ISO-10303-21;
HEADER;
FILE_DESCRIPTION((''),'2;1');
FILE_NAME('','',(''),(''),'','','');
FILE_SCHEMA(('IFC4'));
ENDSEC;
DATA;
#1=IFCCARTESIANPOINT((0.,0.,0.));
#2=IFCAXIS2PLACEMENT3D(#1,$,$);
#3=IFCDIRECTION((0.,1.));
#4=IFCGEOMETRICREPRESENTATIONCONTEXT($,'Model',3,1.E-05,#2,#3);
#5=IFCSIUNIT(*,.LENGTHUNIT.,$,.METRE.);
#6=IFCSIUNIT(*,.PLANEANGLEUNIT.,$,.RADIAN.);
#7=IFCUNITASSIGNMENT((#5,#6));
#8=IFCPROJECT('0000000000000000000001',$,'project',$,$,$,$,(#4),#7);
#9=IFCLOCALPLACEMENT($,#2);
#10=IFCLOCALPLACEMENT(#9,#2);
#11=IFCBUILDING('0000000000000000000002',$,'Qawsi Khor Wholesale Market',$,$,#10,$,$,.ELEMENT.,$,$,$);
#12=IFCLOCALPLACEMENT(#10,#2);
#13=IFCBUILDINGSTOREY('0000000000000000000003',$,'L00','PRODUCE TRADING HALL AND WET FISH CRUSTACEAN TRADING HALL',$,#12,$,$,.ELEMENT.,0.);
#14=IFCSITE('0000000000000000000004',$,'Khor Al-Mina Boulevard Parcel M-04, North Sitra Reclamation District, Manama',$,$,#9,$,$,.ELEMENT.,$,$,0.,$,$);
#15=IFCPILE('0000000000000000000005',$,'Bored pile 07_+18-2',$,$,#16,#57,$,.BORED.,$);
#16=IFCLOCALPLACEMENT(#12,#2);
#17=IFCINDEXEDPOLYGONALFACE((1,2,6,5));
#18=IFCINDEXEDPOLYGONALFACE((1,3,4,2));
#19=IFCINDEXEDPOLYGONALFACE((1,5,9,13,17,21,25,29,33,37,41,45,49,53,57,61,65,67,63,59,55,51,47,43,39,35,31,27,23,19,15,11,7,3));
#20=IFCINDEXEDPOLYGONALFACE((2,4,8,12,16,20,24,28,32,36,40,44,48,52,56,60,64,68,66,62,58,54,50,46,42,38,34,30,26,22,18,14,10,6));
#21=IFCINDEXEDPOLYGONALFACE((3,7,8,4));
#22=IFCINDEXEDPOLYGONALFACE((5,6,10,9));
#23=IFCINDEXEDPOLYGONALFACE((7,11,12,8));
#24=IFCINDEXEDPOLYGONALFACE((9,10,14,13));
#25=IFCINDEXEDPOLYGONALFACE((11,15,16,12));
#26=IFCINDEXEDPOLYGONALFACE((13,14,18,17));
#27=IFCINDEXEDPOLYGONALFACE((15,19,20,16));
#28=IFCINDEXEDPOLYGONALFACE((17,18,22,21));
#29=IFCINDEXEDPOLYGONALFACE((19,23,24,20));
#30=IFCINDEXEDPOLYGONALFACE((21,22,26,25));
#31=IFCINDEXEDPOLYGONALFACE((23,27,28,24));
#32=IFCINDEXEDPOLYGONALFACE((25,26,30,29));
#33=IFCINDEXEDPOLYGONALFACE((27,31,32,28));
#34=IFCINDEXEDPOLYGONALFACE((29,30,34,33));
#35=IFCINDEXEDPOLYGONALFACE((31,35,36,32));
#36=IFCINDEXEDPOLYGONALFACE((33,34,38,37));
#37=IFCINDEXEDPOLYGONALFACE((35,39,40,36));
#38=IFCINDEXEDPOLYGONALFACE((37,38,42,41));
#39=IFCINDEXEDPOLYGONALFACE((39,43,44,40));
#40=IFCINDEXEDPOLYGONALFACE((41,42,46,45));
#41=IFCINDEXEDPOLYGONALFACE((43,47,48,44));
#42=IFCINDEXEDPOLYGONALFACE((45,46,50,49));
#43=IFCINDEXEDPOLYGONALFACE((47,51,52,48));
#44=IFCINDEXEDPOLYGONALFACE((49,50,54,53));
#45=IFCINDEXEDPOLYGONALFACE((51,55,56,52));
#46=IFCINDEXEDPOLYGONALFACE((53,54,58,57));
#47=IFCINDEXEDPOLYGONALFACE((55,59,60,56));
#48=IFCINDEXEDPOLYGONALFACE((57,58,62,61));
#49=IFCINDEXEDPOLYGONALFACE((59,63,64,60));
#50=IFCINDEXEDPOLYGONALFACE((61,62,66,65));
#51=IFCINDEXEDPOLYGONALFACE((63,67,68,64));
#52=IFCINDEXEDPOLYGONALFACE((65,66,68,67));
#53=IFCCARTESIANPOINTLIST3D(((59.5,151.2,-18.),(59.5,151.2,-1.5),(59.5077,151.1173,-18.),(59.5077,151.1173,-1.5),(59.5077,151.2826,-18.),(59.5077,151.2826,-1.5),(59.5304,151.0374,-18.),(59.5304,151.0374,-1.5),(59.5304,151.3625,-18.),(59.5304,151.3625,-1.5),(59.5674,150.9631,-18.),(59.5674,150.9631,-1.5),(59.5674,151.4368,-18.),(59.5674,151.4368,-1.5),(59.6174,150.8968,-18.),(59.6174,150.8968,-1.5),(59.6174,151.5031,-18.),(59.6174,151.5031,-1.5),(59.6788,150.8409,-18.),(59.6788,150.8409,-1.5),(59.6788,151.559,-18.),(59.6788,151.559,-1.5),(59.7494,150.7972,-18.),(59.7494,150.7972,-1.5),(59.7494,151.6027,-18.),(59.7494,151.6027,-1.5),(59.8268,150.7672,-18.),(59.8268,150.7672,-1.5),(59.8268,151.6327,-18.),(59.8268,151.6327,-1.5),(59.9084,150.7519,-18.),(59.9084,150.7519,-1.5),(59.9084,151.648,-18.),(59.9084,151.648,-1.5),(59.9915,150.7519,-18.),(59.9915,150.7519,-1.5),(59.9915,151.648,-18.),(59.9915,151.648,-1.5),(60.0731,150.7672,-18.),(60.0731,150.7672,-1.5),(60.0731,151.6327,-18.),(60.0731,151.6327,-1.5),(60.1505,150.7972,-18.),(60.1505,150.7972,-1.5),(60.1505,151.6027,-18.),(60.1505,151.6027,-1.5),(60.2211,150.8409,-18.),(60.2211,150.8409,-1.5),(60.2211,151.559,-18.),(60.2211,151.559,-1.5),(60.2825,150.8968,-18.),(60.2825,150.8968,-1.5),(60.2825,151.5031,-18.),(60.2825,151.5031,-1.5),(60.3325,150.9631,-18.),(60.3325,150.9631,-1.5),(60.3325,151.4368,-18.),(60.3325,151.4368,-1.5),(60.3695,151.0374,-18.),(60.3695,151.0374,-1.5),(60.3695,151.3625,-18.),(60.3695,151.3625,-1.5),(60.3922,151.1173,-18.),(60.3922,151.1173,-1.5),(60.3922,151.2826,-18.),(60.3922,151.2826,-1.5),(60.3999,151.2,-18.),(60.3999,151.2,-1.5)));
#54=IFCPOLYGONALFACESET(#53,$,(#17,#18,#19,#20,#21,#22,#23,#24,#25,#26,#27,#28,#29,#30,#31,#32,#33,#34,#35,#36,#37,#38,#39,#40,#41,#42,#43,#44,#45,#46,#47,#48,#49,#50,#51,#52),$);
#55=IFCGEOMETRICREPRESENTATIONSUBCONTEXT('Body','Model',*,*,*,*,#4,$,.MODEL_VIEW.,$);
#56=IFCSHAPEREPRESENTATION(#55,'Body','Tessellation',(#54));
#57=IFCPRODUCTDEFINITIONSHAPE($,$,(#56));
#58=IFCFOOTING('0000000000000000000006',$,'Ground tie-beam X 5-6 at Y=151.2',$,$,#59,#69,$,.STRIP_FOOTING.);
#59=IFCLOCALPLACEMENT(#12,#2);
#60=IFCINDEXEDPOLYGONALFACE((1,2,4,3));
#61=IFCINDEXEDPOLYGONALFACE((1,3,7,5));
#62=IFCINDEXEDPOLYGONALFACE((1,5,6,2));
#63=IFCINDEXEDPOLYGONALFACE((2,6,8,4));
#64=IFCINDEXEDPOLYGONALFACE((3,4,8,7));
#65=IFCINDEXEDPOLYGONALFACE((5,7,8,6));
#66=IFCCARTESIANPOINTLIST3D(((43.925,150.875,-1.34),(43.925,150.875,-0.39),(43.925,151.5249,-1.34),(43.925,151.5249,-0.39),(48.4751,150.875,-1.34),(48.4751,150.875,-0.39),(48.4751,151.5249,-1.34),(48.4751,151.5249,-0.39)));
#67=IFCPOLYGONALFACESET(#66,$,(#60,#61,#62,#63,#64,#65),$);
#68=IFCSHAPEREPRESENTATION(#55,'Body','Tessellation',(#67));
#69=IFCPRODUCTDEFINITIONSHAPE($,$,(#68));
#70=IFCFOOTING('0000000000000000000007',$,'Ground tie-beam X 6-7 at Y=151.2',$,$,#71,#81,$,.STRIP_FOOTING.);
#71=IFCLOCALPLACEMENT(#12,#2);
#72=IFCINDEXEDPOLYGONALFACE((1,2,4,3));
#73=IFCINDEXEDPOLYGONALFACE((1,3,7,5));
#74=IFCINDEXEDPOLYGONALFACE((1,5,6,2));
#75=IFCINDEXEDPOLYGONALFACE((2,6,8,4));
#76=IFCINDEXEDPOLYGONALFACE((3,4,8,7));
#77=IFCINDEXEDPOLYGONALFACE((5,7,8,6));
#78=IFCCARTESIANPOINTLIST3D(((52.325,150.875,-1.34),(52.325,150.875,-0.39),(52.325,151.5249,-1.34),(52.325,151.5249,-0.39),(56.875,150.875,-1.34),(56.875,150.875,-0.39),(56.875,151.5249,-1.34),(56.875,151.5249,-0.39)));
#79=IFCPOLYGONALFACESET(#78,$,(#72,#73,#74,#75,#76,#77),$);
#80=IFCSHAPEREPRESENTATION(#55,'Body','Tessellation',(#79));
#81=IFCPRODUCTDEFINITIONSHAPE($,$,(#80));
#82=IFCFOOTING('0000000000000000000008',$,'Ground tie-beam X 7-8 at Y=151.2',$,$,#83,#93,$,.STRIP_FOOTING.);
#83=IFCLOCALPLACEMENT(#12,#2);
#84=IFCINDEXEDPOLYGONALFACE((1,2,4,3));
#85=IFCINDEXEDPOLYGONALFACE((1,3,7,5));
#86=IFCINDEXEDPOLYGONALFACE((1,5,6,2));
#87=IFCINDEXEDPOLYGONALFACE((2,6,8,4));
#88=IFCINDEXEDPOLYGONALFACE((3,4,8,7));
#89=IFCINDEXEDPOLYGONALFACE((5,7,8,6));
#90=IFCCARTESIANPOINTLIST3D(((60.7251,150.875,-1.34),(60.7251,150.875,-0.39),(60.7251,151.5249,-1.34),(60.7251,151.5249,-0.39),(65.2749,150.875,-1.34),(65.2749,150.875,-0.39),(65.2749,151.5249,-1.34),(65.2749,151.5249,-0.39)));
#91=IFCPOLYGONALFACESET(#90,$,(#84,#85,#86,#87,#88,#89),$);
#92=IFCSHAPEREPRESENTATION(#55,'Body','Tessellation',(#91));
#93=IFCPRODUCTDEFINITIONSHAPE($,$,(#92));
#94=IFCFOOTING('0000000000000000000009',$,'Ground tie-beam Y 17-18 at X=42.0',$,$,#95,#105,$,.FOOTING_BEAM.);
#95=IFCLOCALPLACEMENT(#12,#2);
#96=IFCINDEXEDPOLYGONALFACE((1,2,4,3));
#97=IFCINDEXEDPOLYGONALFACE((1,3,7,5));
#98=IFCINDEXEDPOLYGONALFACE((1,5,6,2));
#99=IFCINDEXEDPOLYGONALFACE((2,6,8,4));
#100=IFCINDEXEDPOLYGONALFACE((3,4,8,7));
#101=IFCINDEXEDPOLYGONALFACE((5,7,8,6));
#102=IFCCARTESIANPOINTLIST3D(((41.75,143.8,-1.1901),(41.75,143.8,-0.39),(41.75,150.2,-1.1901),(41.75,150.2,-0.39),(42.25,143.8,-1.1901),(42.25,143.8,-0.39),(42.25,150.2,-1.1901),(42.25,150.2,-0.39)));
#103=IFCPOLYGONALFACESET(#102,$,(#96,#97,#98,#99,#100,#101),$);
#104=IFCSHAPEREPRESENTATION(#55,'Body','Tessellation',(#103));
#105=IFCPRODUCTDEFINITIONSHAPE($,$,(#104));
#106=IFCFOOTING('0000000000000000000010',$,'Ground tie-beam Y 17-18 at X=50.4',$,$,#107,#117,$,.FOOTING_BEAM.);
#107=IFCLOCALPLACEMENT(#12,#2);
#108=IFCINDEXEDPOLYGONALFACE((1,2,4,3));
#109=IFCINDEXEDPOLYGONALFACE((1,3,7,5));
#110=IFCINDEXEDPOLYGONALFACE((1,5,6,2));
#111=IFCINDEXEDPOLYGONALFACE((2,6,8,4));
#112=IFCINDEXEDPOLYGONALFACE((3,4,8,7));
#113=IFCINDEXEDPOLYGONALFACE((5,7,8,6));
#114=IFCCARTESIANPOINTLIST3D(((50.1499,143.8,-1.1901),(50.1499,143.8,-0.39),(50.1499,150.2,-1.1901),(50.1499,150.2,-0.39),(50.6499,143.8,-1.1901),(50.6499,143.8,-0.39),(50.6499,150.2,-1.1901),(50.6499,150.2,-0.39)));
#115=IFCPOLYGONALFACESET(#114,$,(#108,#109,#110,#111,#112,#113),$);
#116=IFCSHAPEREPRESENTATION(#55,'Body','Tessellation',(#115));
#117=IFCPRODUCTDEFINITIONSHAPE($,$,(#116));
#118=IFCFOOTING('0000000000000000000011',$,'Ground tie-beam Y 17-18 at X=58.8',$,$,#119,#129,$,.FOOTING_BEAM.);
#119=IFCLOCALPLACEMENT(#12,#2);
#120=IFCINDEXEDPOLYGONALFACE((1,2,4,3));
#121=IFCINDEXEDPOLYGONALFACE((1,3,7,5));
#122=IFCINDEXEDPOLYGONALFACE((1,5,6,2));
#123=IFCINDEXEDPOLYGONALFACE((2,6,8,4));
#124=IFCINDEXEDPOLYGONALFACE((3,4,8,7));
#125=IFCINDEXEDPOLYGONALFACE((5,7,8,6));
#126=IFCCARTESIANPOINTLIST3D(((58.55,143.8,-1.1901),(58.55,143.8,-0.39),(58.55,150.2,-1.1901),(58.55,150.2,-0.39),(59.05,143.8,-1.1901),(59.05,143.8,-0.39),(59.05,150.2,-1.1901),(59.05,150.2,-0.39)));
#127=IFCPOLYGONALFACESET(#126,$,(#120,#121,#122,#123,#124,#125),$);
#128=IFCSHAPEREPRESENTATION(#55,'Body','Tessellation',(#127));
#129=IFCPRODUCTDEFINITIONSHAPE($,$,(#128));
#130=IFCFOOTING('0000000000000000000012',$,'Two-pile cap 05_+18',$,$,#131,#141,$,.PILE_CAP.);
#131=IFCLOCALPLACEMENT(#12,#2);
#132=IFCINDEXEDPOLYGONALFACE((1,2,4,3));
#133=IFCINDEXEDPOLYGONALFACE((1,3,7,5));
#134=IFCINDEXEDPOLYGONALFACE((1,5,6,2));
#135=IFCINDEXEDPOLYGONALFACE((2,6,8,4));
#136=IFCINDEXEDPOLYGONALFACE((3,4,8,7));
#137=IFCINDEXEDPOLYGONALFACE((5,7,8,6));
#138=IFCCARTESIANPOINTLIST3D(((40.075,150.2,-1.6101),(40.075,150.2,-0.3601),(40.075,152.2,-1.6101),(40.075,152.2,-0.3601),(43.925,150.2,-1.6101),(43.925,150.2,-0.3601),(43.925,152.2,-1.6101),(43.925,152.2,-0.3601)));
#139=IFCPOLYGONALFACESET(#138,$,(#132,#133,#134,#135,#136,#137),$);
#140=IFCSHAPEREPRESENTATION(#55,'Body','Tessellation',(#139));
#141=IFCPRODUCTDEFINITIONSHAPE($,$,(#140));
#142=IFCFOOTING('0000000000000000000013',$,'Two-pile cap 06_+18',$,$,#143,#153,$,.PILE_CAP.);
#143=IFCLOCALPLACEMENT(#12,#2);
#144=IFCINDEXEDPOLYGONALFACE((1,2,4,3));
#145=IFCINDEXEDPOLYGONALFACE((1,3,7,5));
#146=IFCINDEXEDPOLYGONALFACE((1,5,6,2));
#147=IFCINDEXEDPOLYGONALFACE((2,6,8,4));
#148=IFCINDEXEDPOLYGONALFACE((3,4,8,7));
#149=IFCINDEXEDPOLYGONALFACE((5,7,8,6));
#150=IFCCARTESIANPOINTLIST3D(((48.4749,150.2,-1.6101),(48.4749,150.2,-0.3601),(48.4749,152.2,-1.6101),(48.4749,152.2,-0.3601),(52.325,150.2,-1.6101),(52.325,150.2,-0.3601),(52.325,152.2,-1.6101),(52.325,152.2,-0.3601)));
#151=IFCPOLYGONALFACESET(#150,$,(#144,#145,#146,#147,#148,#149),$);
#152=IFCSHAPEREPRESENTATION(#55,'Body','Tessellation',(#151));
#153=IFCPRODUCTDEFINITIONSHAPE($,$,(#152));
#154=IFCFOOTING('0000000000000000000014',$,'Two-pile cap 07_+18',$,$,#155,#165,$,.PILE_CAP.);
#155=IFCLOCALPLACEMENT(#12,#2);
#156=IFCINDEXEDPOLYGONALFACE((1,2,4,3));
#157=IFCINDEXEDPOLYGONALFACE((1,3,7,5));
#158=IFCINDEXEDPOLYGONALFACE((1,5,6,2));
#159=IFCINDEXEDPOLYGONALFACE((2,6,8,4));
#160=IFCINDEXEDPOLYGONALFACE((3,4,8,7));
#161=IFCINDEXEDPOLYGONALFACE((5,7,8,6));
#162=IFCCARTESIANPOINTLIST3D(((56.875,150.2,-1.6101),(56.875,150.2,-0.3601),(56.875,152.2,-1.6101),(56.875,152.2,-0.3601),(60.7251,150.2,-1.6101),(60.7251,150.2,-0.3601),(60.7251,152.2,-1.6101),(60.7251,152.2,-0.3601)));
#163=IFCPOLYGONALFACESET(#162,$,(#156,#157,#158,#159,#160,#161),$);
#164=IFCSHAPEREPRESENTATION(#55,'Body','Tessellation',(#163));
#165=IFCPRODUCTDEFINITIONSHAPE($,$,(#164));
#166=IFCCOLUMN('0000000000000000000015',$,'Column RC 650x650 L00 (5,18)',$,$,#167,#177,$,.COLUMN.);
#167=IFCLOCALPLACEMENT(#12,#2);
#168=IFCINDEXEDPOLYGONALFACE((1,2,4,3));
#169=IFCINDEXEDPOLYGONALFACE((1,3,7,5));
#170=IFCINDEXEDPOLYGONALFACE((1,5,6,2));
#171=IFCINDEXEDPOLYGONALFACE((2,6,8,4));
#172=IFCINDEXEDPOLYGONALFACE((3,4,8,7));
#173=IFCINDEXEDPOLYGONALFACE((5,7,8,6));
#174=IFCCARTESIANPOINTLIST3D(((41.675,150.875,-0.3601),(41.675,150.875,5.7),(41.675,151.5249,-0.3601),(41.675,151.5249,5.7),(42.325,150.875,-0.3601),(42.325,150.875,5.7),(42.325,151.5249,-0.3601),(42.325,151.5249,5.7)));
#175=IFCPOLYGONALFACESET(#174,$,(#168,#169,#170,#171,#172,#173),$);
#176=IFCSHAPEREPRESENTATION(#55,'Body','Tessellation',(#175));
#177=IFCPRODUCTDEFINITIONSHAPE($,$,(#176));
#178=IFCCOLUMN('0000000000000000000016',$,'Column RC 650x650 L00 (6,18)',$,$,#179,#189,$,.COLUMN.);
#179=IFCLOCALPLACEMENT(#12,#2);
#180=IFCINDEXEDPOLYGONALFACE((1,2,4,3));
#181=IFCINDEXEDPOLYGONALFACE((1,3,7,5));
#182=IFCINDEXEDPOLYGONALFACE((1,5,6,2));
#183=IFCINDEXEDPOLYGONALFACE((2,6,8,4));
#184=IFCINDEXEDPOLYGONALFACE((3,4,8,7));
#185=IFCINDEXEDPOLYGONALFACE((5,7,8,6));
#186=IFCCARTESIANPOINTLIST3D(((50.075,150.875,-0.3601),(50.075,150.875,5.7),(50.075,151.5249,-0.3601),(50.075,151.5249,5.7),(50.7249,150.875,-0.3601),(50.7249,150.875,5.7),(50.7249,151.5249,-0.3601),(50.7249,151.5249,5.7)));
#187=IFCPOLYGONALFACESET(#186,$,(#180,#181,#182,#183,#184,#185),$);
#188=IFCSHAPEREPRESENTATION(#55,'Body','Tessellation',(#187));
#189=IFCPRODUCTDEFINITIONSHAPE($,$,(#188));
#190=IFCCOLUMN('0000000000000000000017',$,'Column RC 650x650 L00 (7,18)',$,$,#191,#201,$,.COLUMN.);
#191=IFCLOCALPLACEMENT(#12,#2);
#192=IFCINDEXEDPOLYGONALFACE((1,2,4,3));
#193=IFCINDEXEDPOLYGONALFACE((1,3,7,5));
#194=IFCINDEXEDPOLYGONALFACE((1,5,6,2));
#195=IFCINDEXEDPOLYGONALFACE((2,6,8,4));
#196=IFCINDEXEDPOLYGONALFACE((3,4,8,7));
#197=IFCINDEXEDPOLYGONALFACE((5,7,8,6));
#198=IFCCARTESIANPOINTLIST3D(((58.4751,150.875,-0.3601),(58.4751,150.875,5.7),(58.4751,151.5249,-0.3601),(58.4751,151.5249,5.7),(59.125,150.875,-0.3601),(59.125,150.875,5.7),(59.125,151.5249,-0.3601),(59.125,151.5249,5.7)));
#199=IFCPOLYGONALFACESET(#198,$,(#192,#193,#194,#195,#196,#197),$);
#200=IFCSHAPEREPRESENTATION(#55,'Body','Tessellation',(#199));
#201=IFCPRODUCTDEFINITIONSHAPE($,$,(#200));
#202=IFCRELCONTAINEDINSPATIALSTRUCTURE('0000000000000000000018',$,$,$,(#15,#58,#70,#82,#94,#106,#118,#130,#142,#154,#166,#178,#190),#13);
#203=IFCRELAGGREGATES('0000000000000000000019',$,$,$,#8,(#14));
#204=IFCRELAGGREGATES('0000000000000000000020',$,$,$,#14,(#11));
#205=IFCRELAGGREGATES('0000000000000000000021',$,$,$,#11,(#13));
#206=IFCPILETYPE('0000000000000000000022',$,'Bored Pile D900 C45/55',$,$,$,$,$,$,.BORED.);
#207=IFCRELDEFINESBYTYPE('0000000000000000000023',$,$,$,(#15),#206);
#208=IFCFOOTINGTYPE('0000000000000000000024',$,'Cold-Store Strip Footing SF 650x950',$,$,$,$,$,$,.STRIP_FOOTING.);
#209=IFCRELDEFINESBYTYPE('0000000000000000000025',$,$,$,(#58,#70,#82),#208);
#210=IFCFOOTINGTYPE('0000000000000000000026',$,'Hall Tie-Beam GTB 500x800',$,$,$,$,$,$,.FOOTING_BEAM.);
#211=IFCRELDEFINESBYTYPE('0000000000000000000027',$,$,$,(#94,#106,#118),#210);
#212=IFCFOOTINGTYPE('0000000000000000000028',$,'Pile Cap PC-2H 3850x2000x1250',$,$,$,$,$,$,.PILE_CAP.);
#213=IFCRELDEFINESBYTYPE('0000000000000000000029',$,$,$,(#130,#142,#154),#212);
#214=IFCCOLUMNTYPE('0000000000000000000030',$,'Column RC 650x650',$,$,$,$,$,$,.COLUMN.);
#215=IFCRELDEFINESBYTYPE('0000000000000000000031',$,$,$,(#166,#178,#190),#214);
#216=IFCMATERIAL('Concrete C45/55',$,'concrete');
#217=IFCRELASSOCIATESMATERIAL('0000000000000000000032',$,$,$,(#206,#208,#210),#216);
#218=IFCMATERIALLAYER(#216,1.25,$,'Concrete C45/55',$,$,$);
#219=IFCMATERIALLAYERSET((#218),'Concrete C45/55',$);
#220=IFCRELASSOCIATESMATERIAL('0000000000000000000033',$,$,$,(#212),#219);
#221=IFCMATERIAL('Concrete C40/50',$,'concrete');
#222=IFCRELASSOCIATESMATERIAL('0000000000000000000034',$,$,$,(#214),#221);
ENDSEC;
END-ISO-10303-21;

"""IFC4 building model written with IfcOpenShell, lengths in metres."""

from ifc_helpers import new_model, si_unit, direction, frame, origin, origin_2d, place, context, subcontext, project, spatial, rectangle, circle, extrude, material, layer, layer_set, material_profile, profile_set, type_object, element, save


model = new_model("IFC4")

# Units and contexts
model_context = context("Model", 3, precision=1e-05, world=origin(), true_north=direction((0.0, 1.0)))
body_context = subcontext(model_context, "Body", "Model", "MODEL_VIEW")
ifc_project = project(units=[si_unit("LENGTHUNIT", "METRE"), si_unit("PLANEANGLEUNIT", "RADIAN")], contexts=[model_context])

# Site, building, storey
site_placement = place(None, origin())
site = spatial("IfcSite", under=ifc_project, at=site_placement, Name="Khor Al-Mina Boulevard Parcel M-04, North Sitra Reclamation District, Manama", CompositionType="ELEMENT", RefElevation=0.0)
building_placement = place(site_placement, origin())
building = spatial("IfcBuilding", under=site, at=building_placement, Name="Qawsi Khor Wholesale Market", CompositionType="ELEMENT")
storey_placement = place(building_placement, origin())
storey = spatial("IfcBuildingStorey", under=building, at=storey_placement, Name="L00", Description="PRODUCE TRADING HALL AND WET FISH CRUSTACEAN TRADING HALL", CompositionType="ELEMENT", Elevation=0.0)

# Pile
ifc_material_1 = material(Name="Concrete C45/55", Category="concrete")
ifc_material_profile_1 = material_profile(ifc_material_1, circle(Radius=0.45, at=origin_2d()), Name="PILE D900")
ifc_profile_set_1 = profile_set([ifc_material_profile_1], Name="Concrete C45/55")
pile_type = type_object("IfcPileType", Name="Bored Pile D900 C45/55", PredefinedType="BORED", material=ifc_profile_set_1)
for number, where, z_axis, x_axis, name in (
    (1, (59.95, 151.2, -1.5), (0.0, 0.0, -1.0), (1.0, 0.0, 0.0), "Bored pile 07_+18-2"),
):
    element("IfcPile", number, at=place(storey_placement, frame(where, z_axis=z_axis, x_axis=x_axis)), inside=storey, type_object=pile_type, Name=name, PredefinedType="BORED", context=body_context, shape_type="SweptSolid", body=[
        extrude(circle(Radius=0.45, at=origin_2d()), origin(), (0.0, 0.0, 1.0), 16.5),
    ])

# Footings
ifc_material_profile_2 = material_profile(ifc_material_1, rectangle(XDim=0.6499, YDim=0.95, at=origin_2d()), Name="RC 650x950")
ifc_profile_set_2 = profile_set([ifc_material_profile_2], Name="Concrete C45/55")
footing_type_1 = type_object("IfcFootingType", Name="Cold-Store Strip Footing SF 650x950", PredefinedType="STRIP_FOOTING", material=ifc_profile_set_2)
for number, where, z_axis, x_axis, name in (
    (2, (43.925, 151.2, -0.865), (1.0, 0.0, 0.0), (0.0, 1.0, 0.0), "Ground tie-beam X 5-6 at Y=151.2"),
    (3, (52.325, 151.2, -0.865), (1.0, 0.0, 0.0), (0.0, 1.0, 0.0), "Ground tie-beam X 6-7 at Y=151.2"),
):
    element("IfcFooting", number, at=place(storey_placement, frame(where, z_axis=z_axis, x_axis=x_axis)), inside=storey, type_object=footing_type_1, Name=name, PredefinedType="STRIP_FOOTING", context=body_context, shape_type="SweptSolid", body=[
        extrude(rectangle(XDim=0.6499, YDim=0.95, at=origin_2d()), origin(), (0.0, 0.0, 1.0), 4.55),
    ])
footing_placement = place(storey_placement, frame((60.7251, 151.2, -0.865), z_axis=(1.0, 0.0, 0.0), x_axis=(0.0, 1.0, 0.0)))
element("IfcFooting", 4, at=footing_placement, inside=storey, type_object=footing_type_1, Name="Ground tie-beam X 7-8 at Y=151.2", PredefinedType="STRIP_FOOTING", context=body_context, shape_type="SweptSolid", body=[
    extrude(rectangle(XDim=0.6499, YDim=0.95, at=origin_2d()), origin(), (0.0, 0.0, 1.0), 4.5498),
])
ifc_material_profile_3 = material_profile(ifc_material_1, rectangle(XDim=0.5, YDim=0.8, at=origin_2d()), Name="RC 500x800")
ifc_profile_set_3 = profile_set([ifc_material_profile_3], Name="Concrete C45/55")
footing_type_2 = type_object("IfcFootingType", Name="Hall Tie-Beam GTB 500x800", PredefinedType="FOOTING_BEAM", material=ifc_profile_set_3)
for number, where, z_axis, x_axis, name in (
    (5, (42.0, 143.8, -0.79), (0.0, 1.0, 0.0), (-1.0, 0.0, 0.0), "Ground tie-beam Y 17-18 at X=42.0"),
    (6, (50.3999, 143.8, -0.79), (0.0, 1.0, 0.0), (-1.0, 0.0, 0.0), "Ground tie-beam Y 17-18 at X=50.4"),
    (7, (58.8, 143.8, -0.79), (0.0, 1.0, 0.0), (-1.0, 0.0, 0.0), "Ground tie-beam Y 17-18 at X=58.8"),
):
    element("IfcFooting", number, at=place(storey_placement, frame(where, z_axis=z_axis, x_axis=x_axis)), inside=storey, type_object=footing_type_2, Name=name, PredefinedType="FOOTING_BEAM", context=body_context, shape_type="SweptSolid", body=[
        extrude(rectangle(XDim=0.5, YDim=0.8, at=origin_2d()), origin(), (0.0, 0.0, 1.0), 6.3999),
    ])
ifc_layer_1 = layer(ifc_material_1, 1.25, Name="Concrete C45/55")
ifc_layer_set_1 = layer_set([ifc_layer_1], Name="Concrete C45/55")
footing_type_3 = type_object("IfcFootingType", Name="Pile Cap PC-2H 3850x2000x1250", PredefinedType="PILE_CAP", material=ifc_layer_set_1)
for number, where, z_axis, x_axis, name in (
    (8, (42.0, 151.2, -1.6101), (0.0, 0.0, 1.0), (1.0, 0.0, 0.0), "Two-pile cap 05_+18"),
    (9, (50.3999, 151.2, -1.6101), (0.0, 0.0, 1.0), (1.0, 0.0, 0.0), "Two-pile cap 06_+18"),
    (10, (58.8, 151.2, -1.6101), (0.0, 0.0, 1.0), (1.0, 0.0, 0.0), "Two-pile cap 07_+18"),
):
    element("IfcFooting", number, at=place(storey_placement, frame(where, z_axis=z_axis, x_axis=x_axis)), inside=storey, type_object=footing_type_3, Name=name, PredefinedType="PILE_CAP", context=body_context, shape_type="SweptSolid", body=[
        extrude(rectangle(XDim=3.8501, YDim=2.0, at=origin_2d()), origin(), (0.0, 0.0, 1.0), 1.25),
    ])

# Columns
ifc_material_2 = material(Name="Concrete C40/50", Category="concrete")
ifc_material_profile_4 = material_profile(ifc_material_2, rectangle(XDim=0.6499, YDim=0.6499, at=origin_2d()), Name="RC 650x650")
ifc_profile_set_4 = profile_set([ifc_material_profile_4], Name="Concrete C40/50")
column_type = type_object("IfcColumnType", Name="Column RC 650x650", PredefinedType="COLUMN", material=ifc_profile_set_4)
for number, where, z_axis, x_axis, name in (
    (11, (42.0, 151.2, -0.3601), (0.0, 0.0, 1.0), (1.0, 0.0, 0.0), "Column RC 650x650 L00 (5,18)"),
    (12, (50.3999, 151.2, -0.3601), (0.0, 0.0, 1.0), (1.0, 0.0, 0.0), "Column RC 650x650 L00 (6,18)"),
    (13, (58.8, 151.2, -0.3601), (0.0, 0.0, 1.0), (1.0, 0.0, 0.0), "Column RC 650x650 L00 (7,18)"),
):
    element("IfcColumn", number, at=place(storey_placement, frame(where, z_axis=z_axis, x_axis=x_axis)), inside=storey, type_object=column_type, Name=name, PredefinedType="COLUMN", context=body_context, shape_type="SweptSolid", body=[
        extrude(rectangle(XDim=0.6499, YDim=0.6499, at=origin_2d()), origin(), (0.0, 0.0, 1.0), 6.0601),
    ])

save(model, "model.ifc")
